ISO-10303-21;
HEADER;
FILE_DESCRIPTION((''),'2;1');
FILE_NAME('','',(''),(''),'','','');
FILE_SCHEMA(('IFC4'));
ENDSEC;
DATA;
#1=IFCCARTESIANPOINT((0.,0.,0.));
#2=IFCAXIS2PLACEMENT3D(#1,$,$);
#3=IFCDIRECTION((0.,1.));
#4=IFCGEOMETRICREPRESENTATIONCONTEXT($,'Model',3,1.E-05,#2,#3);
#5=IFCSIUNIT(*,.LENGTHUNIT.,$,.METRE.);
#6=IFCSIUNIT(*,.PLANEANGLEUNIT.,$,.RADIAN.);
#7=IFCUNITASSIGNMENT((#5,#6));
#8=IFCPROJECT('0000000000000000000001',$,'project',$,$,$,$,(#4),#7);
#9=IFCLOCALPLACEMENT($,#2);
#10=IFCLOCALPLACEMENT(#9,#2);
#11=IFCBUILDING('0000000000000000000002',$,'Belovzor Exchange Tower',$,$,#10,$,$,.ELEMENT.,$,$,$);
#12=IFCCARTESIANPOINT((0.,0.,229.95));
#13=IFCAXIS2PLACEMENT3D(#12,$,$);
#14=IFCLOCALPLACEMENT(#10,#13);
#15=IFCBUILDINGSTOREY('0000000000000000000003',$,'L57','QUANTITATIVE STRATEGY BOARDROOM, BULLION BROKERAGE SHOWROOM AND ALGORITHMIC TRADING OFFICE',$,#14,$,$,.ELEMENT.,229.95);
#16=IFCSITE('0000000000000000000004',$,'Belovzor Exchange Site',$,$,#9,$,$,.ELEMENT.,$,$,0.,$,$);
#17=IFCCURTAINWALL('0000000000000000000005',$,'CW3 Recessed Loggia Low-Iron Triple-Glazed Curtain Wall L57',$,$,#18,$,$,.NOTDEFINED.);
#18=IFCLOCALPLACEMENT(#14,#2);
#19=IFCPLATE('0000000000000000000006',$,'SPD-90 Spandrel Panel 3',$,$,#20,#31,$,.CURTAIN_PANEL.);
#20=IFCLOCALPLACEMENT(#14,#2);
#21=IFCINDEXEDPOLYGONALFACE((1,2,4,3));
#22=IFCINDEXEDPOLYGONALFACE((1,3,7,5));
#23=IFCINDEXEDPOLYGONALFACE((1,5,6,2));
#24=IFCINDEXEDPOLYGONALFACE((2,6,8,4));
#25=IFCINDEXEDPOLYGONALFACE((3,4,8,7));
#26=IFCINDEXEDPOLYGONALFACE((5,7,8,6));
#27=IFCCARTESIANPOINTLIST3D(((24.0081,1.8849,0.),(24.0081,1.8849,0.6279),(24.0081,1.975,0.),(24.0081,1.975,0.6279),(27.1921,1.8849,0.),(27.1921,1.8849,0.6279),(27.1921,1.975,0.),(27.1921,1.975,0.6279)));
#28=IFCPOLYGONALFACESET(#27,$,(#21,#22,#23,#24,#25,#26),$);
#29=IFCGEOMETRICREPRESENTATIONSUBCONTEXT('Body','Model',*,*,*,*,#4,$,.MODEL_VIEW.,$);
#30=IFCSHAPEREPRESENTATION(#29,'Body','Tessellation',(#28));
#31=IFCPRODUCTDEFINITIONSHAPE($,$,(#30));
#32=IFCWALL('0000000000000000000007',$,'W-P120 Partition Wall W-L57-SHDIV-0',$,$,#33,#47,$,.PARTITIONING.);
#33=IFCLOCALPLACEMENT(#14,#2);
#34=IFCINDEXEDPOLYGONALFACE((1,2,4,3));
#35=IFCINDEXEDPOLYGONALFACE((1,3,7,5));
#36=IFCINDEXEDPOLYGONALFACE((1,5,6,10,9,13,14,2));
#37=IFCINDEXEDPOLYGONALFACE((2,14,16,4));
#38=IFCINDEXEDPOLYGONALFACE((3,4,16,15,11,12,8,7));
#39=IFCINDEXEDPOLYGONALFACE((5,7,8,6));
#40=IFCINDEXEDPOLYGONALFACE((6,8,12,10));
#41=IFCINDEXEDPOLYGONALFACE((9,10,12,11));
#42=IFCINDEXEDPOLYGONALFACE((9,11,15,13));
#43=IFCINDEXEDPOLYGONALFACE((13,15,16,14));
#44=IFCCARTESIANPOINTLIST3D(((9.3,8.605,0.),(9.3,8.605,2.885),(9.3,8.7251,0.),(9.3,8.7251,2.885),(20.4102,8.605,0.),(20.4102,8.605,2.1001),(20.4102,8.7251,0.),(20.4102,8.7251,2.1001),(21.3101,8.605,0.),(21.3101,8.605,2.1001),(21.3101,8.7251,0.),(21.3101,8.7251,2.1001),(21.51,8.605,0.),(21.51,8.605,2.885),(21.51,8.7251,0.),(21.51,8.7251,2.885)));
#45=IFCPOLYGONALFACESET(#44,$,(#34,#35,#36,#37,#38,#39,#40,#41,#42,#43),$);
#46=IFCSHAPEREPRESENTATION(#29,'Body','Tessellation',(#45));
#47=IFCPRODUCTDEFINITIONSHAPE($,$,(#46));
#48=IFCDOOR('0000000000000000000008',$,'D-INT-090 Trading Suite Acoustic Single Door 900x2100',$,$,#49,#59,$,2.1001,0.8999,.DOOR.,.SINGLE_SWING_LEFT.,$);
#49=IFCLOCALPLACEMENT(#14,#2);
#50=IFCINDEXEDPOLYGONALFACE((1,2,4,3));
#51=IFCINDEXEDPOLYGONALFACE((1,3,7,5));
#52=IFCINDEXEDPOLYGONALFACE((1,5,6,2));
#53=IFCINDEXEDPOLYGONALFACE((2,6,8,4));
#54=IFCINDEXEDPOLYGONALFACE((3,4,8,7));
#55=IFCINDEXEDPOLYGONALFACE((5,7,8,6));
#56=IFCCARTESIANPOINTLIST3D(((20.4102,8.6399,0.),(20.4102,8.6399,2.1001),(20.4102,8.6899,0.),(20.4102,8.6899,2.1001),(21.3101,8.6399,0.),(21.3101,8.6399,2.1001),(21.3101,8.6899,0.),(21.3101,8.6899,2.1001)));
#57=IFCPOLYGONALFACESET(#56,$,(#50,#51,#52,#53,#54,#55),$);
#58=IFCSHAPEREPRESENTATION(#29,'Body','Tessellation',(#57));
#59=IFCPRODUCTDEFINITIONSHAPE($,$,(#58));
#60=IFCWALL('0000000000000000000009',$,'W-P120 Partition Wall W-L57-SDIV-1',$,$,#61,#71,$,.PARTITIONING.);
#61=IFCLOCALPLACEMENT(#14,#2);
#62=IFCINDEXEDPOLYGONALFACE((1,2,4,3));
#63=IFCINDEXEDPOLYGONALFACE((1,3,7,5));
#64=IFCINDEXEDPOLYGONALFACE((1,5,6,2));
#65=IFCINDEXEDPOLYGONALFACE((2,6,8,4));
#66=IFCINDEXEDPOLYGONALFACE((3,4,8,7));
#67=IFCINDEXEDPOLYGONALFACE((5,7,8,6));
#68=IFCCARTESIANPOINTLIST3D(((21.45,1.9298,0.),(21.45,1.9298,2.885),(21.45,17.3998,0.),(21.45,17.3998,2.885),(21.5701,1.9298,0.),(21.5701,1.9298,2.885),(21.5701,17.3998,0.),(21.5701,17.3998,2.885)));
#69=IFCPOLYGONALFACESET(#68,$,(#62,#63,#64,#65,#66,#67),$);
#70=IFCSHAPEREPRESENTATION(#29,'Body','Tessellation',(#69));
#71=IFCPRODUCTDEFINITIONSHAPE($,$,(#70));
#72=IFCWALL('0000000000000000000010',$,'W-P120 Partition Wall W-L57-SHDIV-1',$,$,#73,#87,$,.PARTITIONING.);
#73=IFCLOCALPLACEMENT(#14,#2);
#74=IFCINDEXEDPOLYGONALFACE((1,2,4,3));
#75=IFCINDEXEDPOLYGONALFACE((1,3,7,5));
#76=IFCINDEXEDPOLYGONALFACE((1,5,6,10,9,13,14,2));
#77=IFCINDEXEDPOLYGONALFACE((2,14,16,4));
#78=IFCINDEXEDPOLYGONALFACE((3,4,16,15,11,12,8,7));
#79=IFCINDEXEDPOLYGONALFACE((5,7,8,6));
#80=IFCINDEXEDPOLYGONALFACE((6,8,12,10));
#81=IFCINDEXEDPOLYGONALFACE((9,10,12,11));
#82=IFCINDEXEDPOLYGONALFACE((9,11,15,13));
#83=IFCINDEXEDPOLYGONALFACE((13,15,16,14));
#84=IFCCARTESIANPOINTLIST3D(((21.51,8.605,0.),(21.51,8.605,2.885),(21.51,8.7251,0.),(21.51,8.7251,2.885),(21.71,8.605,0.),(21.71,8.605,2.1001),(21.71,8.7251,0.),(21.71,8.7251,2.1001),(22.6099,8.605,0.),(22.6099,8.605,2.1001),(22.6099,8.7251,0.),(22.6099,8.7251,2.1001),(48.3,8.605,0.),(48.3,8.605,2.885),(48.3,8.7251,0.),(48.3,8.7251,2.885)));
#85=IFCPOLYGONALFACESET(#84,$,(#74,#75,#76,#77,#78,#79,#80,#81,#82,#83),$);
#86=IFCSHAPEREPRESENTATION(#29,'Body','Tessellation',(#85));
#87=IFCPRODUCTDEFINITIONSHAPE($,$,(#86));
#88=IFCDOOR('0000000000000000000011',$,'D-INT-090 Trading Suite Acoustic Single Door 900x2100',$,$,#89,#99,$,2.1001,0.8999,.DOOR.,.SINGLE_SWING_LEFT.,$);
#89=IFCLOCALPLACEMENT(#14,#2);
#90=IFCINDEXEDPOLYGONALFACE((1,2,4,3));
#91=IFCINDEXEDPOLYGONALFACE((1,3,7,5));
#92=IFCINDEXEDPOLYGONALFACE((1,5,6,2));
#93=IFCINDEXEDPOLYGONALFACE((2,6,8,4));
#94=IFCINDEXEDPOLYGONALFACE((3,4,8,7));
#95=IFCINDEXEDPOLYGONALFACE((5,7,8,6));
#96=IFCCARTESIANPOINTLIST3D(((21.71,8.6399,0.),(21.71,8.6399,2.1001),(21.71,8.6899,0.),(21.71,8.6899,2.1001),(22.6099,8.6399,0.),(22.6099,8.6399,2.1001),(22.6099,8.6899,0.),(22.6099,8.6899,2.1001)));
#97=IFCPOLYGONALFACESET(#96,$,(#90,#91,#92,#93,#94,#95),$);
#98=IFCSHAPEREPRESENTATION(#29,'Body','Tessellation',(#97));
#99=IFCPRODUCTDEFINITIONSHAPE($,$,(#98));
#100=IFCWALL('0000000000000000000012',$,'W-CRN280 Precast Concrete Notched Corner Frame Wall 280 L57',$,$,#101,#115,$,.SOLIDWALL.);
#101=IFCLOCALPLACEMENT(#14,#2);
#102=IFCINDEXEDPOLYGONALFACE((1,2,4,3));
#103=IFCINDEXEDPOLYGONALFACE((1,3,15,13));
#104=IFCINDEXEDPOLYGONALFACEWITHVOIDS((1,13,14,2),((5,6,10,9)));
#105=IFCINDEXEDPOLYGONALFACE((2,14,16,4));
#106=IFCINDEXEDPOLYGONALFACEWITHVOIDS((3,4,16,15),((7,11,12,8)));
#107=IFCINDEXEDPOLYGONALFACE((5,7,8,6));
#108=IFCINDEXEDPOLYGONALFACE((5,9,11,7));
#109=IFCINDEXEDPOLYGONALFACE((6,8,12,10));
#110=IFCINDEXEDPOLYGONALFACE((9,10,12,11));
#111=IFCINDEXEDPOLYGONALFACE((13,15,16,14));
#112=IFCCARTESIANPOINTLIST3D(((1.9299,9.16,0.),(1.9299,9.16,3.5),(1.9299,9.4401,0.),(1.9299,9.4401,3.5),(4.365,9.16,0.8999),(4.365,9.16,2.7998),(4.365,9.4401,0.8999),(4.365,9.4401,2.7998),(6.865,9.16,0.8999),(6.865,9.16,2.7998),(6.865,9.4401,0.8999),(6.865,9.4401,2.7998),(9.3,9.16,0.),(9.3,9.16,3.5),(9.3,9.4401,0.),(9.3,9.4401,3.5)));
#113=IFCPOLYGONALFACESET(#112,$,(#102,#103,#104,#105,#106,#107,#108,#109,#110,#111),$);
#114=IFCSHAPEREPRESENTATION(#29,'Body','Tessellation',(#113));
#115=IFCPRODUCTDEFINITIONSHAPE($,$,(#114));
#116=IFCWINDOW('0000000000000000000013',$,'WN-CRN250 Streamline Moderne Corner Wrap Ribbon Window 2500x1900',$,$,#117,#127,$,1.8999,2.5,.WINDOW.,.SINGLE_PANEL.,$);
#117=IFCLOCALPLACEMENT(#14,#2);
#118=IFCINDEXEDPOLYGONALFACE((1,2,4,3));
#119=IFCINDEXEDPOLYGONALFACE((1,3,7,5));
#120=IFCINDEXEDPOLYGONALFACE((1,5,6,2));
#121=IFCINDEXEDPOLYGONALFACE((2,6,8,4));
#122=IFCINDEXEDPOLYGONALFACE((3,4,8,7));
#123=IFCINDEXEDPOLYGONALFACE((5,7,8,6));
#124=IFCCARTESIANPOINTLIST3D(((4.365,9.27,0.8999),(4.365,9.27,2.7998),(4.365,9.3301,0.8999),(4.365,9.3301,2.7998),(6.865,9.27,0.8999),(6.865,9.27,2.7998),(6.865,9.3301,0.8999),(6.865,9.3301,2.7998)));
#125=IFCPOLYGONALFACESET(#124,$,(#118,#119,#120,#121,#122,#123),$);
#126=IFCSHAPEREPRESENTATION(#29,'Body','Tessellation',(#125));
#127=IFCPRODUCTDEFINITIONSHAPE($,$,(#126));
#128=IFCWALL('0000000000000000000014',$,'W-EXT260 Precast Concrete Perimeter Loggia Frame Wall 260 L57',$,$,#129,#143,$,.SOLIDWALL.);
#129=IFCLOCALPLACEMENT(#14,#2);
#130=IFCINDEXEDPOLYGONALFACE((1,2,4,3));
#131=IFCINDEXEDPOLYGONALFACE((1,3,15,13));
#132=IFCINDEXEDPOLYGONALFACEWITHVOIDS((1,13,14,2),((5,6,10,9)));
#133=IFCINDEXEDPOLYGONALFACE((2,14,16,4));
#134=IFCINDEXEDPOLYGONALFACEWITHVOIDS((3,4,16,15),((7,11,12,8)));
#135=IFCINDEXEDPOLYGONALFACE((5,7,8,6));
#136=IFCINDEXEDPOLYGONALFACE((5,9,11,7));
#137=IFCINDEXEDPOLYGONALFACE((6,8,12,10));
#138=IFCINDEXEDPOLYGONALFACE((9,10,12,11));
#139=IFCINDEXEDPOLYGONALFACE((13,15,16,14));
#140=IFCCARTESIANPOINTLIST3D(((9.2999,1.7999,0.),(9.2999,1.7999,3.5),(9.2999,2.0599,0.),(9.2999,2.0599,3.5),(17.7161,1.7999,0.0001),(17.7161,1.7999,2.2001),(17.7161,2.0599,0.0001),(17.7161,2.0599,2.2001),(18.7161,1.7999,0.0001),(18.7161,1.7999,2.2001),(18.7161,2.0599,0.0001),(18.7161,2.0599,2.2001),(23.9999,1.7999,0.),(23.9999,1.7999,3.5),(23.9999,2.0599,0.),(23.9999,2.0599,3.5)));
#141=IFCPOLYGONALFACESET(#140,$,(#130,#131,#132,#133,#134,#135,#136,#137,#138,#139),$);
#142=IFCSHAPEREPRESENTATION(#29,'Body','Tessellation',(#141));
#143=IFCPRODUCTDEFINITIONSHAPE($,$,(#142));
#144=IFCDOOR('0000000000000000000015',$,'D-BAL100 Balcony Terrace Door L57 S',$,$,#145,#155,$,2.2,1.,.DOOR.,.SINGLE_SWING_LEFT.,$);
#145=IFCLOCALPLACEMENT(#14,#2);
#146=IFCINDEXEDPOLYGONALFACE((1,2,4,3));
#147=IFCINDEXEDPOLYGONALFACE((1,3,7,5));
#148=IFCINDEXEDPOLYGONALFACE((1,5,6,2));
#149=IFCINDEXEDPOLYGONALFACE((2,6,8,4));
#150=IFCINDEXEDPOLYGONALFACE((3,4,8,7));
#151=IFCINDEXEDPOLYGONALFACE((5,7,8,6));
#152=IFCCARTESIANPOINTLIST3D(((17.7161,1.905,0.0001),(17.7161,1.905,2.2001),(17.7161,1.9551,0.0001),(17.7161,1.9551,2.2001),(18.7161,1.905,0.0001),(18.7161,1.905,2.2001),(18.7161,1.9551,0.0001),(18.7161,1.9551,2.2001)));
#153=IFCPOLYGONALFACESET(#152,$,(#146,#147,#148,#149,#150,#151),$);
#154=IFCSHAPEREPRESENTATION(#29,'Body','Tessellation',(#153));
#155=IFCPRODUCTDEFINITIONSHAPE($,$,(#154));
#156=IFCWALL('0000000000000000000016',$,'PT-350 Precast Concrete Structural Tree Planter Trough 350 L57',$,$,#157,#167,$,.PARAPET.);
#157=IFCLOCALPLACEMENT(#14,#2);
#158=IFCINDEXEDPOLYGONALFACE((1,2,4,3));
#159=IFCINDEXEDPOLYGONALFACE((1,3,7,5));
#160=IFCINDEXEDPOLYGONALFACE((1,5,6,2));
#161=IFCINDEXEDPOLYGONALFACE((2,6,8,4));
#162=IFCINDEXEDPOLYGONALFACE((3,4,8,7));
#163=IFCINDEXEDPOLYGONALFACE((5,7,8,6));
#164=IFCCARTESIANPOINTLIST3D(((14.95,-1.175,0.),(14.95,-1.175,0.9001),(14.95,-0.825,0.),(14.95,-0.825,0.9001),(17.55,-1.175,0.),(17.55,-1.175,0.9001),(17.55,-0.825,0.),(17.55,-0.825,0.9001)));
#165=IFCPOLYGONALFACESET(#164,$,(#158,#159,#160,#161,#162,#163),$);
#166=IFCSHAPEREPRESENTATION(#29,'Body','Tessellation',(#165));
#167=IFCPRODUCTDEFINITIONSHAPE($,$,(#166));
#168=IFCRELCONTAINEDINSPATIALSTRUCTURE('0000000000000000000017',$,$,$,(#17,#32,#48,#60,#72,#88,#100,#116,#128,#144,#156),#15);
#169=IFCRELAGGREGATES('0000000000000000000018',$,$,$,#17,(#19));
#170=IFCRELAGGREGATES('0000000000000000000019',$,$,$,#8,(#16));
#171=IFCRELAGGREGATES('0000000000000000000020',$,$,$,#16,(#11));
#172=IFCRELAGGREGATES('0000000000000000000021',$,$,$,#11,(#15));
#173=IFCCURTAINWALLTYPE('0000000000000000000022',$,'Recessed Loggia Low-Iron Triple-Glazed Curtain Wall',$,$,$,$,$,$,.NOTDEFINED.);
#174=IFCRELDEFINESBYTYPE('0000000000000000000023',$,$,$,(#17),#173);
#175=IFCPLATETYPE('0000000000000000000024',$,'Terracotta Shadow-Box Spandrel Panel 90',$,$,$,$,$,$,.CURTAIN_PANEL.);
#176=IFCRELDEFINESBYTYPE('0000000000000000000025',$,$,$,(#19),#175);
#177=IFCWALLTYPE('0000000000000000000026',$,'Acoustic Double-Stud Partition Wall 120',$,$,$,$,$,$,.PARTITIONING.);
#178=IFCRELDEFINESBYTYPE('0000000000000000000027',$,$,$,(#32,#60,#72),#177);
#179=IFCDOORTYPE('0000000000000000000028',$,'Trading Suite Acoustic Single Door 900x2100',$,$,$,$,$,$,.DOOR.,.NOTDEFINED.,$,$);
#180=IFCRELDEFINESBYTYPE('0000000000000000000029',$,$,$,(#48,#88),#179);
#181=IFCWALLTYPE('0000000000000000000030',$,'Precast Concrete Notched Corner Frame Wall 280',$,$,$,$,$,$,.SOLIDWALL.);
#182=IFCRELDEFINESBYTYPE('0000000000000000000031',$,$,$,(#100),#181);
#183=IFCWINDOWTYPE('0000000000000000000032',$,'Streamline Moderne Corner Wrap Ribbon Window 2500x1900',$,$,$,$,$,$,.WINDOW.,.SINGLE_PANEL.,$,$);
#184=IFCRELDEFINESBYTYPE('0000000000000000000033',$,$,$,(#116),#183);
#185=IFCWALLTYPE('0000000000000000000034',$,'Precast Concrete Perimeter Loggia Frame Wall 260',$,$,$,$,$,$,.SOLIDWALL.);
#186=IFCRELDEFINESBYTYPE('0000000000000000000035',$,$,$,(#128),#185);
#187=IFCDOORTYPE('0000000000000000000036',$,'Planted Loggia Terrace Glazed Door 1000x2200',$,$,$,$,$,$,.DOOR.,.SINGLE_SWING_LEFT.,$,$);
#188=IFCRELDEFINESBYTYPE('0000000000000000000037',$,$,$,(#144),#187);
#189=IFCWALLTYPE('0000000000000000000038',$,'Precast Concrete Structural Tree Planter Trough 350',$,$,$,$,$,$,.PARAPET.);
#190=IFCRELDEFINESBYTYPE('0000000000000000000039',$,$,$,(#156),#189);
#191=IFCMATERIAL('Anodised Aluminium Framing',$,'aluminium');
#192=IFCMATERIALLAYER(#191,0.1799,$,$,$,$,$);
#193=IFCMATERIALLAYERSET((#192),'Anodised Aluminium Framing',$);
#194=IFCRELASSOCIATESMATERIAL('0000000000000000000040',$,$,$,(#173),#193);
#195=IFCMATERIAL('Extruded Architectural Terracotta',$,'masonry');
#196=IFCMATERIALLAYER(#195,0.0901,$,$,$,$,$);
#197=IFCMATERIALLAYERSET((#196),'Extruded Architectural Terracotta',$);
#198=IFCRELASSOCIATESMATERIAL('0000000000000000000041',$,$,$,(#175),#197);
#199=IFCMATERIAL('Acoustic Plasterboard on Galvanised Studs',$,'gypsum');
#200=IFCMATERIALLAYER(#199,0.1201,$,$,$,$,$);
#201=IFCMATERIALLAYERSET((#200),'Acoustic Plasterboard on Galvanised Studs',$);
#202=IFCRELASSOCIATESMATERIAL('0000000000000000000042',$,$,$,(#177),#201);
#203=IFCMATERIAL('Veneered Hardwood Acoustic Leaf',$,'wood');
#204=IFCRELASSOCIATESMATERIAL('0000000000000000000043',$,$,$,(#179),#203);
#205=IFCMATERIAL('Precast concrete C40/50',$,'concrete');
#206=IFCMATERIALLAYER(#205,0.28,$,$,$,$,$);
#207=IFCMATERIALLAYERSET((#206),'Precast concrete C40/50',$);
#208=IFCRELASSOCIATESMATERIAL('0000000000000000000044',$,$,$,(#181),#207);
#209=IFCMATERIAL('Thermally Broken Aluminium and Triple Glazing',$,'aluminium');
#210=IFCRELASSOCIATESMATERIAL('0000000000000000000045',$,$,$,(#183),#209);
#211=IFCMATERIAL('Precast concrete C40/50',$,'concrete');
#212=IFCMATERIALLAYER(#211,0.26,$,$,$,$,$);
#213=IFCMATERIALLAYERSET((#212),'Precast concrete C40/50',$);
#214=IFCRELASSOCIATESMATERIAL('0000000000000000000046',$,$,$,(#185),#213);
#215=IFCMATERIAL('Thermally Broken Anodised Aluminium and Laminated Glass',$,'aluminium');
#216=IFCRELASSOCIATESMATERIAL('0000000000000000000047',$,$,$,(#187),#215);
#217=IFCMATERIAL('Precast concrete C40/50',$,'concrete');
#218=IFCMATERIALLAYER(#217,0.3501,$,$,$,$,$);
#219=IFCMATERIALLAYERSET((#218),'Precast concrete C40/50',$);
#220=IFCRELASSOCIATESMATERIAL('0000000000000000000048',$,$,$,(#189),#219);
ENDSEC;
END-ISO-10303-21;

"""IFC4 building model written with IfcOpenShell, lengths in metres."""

from ifc_helpers import new_model, si_unit, direction, frame, frame_2d, origin, origin_2d, place, context, subcontext, project, spatial, rectangle, extrude, material, layer, layer_set, type_object, element, fill, aggregate, save


model = new_model("IFC4")

# Units and contexts
model_context = context("Model", 3, precision=1e-05, world=origin(), true_north=direction((0.0, 1.0)))
body_context = subcontext(model_context, "Body", "Model", "MODEL_VIEW")
ifc_project = project(units=[si_unit("LENGTHUNIT", "METRE"), si_unit("PLANEANGLEUNIT", "RADIAN")], contexts=[model_context])

# Site, building, storey
site_placement = place(None, origin())
site = spatial("IfcSite", under=ifc_project, at=site_placement, Name="Belovzor Exchange Site", CompositionType="ELEMENT", RefElevation=0.0)
building_placement = place(site_placement, origin())
building = spatial("IfcBuilding", under=site, at=building_placement, Name="Belovzor Exchange Tower", CompositionType="ELEMENT")
storey_placement = place(building_placement, frame((0.0, 0.0, 229.95)))
storey = spatial("IfcBuildingStorey", under=building, at=storey_placement, Name="L57", Description="QUANTITATIVE STRATEGY BOARDROOM, BULLION BROKERAGE SHOWROOM AND ALGORITHMIC TRADING OFFICE", CompositionType="ELEMENT", Elevation=229.95)

# Curtain wall
ifc_material_1 = material(Name="Anodised Aluminium Framing", Category="aluminium")
ifc_layer_1 = layer(ifc_material_1, 0.1799)
ifc_layer_set_1 = layer_set([ifc_layer_1], Name="Anodised Aluminium Framing")
curtain_wall_type = type_object("IfcCurtainWallType", Name="Recessed Loggia Low-Iron Triple-Glazed Curtain Wall", PredefinedType="NOTDEFINED", material=ifc_layer_set_1)
curtain_wall_placement = place(storey_placement, origin())
curtain_wall = element("IfcCurtainWall", 1, at=curtain_wall_placement, inside=storey, type_object=curtain_wall_type, Name="CW3 Recessed Loggia Low-Iron Triple-Glazed Curtain Wall L57", PredefinedType="NOTDEFINED")

# Plate
ifc_material_2 = material(Name="Extruded Architectural Terracotta", Category="masonry")
ifc_layer_2 = layer(ifc_material_2, 0.0901)
ifc_layer_set_2 = layer_set([ifc_layer_2], Name="Extruded Architectural Terracotta")
plate_type_1 = type_object("IfcPlateType", Name="Terracotta Shadow-Box Spandrel Panel 90", PredefinedType="CURTAIN_PANEL", material=ifc_layer_set_2)
plate_1_placement = place(storey_placement, frame((25.6001, 1.9299, 0.0), z_axis=(0.0, 0.0, 1.0), x_axis=(-1.0, 0.0, 0.0)))
plate_1 = element("IfcPlate", 2, at=plate_1_placement, type_object=plate_type_1, Name="SPD-90 Spandrel Panel 3", PredefinedType="CURTAIN_PANEL", context=body_context, shape_type="SweptSolid", body=[
    extrude(rectangle(XDim=3.1841, YDim=0.0901, at=origin_2d()), origin(), (0.0, 0.0, 1.0), 0.6279),
])
aggregate(curtain_wall, [plate_1])

# Wall, opening, door
ifc_material_3 = material(Name="Acoustic Plasterboard on Galvanised Studs", Category="gypsum")
ifc_layer_3 = layer(ifc_material_3, 0.1201)
ifc_layer_set_3 = layer_set([ifc_layer_3], Name="Acoustic Plasterboard on Galvanised Studs")
wall_type_1 = type_object("IfcWallType", Name="Acoustic Double-Stud Partition Wall 120", PredefinedType="PARTITIONING", material=ifc_layer_set_3)
wall_1_placement = place(storey_placement, frame((9.3, 8.665, 0.0), z_axis=(0.0, 0.0, 1.0), x_axis=(1.0, 0.0, 0.0)))
wall_1 = element("IfcWall", 3, at=wall_1_placement, inside=storey, type_object=wall_type_1, Name="W-P120 Partition Wall W-L57-SHDIV-0", PredefinedType="PARTITIONING", context=body_context, shape_type="SweptSolid", body=[
    extrude(rectangle(XDim=12.21, YDim=0.1201, at=frame_2d((6.105, 0.0))), origin(), (0.0, 0.0, 1.0), 2.885),
])
opening_1_placement = place(wall_1_placement, frame((11.1101, 0.0, 0.0)))
opening_1 = element("IfcOpeningElement", 4, at=opening_1_placement, cuts=wall_1, PredefinedType="OPENING", context=body_context, shape_type="SweptSolid", body=[
    extrude(rectangle(XDim=0.8999, YDim=2.1001, at=frame_2d((0.45, 1.05))), frame((0.0, 0.0701, 0.0), z_axis=(0.0, -1.0, 0.0), x_axis=(1.0, 0.0, 0.0)), (0.0, 0.0, 1.0), 0.1401),
])
ifc_material_4 = material(Name="Veneered Hardwood Acoustic Leaf", Category="wood")
door_type_1 = type_object("IfcDoorType", Name="Trading Suite Acoustic Single Door 900x2100", OperationType="NOTDEFINED", PredefinedType="DOOR", material=ifc_material_4)
door_1_placement = place(opening_1_placement, origin())
door_1 = element("IfcDoor", 5, at=door_1_placement, inside=storey, type_object=door_type_1, Name="D-INT-090 Trading Suite Acoustic Single Door 900x2100", OperationType="SINGLE_SWING_LEFT", OverallHeight=2.1001, OverallWidth=0.8999, PredefinedType="DOOR", context=body_context, shape_type="SweptSolid", body=[
    extrude(rectangle(XDim=0.8999, YDim=2.1001, at=frame_2d((0.45, 1.05))), frame((0.0, 0.0249, 0.0), z_axis=(0.0, -1.0, 0.0), x_axis=(1.0, 0.0, 0.0)), (0.0, 0.0, 1.0), 0.05),
])
fill(opening_1, door_1)

# Wall
wall_2_placement = place(storey_placement, frame((21.51, 1.9299, 0.0), z_axis=(0.0, 0.0, 1.0), x_axis=(0.0, 1.0, 0.0)))
element("IfcWall", 6, at=wall_2_placement, inside=storey, type_object=wall_type_1, Name="W-P120 Partition Wall W-L57-SDIV-1", PredefinedType="PARTITIONING", context=body_context, shape_type="SweptSolid", body=[
    extrude(rectangle(XDim=15.47, YDim=0.1201, at=frame_2d((7.7349, 0.0))), origin(), (0.0, 0.0, 1.0), 2.885),
])

# Wall, opening, door
wall_3_placement = place(storey_placement, frame((21.51, 8.665, 0.0), z_axis=(0.0, 0.0, 1.0), x_axis=(1.0, 0.0, 0.0)))
wall_3 = element("IfcWall", 7, at=wall_3_placement, inside=storey, type_object=wall_type_1, Name="W-P120 Partition Wall W-L57-SHDIV-1", PredefinedType="PARTITIONING", context=body_context, shape_type="SweptSolid", body=[
    extrude(rectangle(XDim=26.79, YDim=0.1201, at=frame_2d((13.395, 0.0))), origin(), (0.0, 0.0, 1.0), 2.885),
])
opening_2_placement = place(wall_3_placement, frame((0.2, 0.0, 0.0)))
opening_2 = element("IfcOpeningElement", 8, at=opening_2_placement, cuts=wall_3, PredefinedType="OPENING", context=body_context, shape_type="SweptSolid", body=[
    extrude(rectangle(XDim=0.8999, YDim=2.1001, at=frame_2d((0.45, 1.05))), frame((0.0, 0.0701, 0.0), z_axis=(0.0, -1.0, 0.0), x_axis=(1.0, 0.0, 0.0)), (0.0, 0.0, 1.0), 0.1401),
])
door_2_placement = place(opening_2_placement, origin())
door_2 = element("IfcDoor", 9, at=door_2_placement, inside=storey, type_object=door_type_1, Name="D-INT-090 Trading Suite Acoustic Single Door 900x2100", OperationType="SINGLE_SWING_LEFT", OverallHeight=2.1001, OverallWidth=0.8999, PredefinedType="DOOR", context=body_context, shape_type="SweptSolid", body=[
    extrude(rectangle(XDim=0.8999, YDim=2.1001, at=frame_2d((0.45, 1.05))), frame((0.0, 0.0249, 0.0), z_axis=(0.0, -1.0, 0.0), x_axis=(1.0, 0.0, 0.0)), (0.0, 0.0, 1.0), 0.05),
])
fill(opening_2, door_2)

# Wall, opening, window
ifc_material_5 = material(Name="Precast concrete C40/50", Category="concrete")
ifc_layer_4 = layer(ifc_material_5, 0.28)
ifc_layer_set_4 = layer_set([ifc_layer_4], Name="Precast concrete C40/50")
wall_type_2 = type_object("IfcWallType", Name="Precast Concrete Notched Corner Frame Wall 280", PredefinedType="SOLIDWALL", material=ifc_layer_set_4)
wall_4_placement = place(storey_placement, frame((9.3, 9.3, 0.0), z_axis=(0.0, 0.0, 1.0), x_axis=(-1.0, 0.0, 0.0)))
wall_4 = element("IfcWall", 10, at=wall_4_placement, inside=storey, type_object=wall_type_2, Name="W-CRN280 Precast Concrete Notched Corner Frame Wall 280 L57", PredefinedType="SOLIDWALL", context=body_context, shape_type="SweptSolid", body=[
    extrude(rectangle(XDim=7.3701, YDim=0.28, at=frame_2d((3.6851, 0.0))), origin(), (0.0, 0.0, 1.0), 3.5),
])
opening_3_placement = place(wall_4_placement, frame((2.4351, 0.0, 0.8999)))
opening_3 = element("IfcOpeningElement", 11, at=opening_3_placement, cuts=wall_4, PredefinedType="OPENING", context=body_context, shape_type="SweptSolid", body=[
    extrude(rectangle(XDim=2.5, YDim=1.8999, at=frame_2d((1.25, 0.95))), frame((0.0, 0.1499, 0.0), z_axis=(0.0, -1.0, 0.0), x_axis=(1.0, 0.0, 0.0)), (0.0, 0.0, 1.0), 0.3),
])
ifc_material_6 = material(Name="Thermally Broken Aluminium and Triple Glazing", Category="aluminium")
window_type = type_object("IfcWindowType", Name="Streamline Moderne Corner Wrap Ribbon Window 2500x1900", PartitioningType="SINGLE_PANEL", PredefinedType="WINDOW", material=ifc_material_6)
window_placement = place(opening_3_placement, origin())
window = element("IfcWindow", 12, at=window_placement, inside=storey, type_object=window_type, Name="WN-CRN250 Streamline Moderne Corner Wrap Ribbon Window 2500x1900", OverallHeight=1.8999, OverallWidth=2.5, PartitioningType="SINGLE_PANEL", PredefinedType="WINDOW", context=body_context, shape_type="SweptSolid", body=[
    extrude(rectangle(XDim=2.5, YDim=1.8999, at=frame_2d((1.25, 0.95))), frame((0.0, 0.03, 0.0), z_axis=(0.0, -1.0, 0.0), x_axis=(1.0, 0.0, 0.0)), (0.0, 0.0, 1.0), 0.0601),
])
fill(opening_3, window)

# Wall, opening, door
ifc_material_7 = material(Name="Precast concrete C40/50", Category="concrete")
ifc_layer_5 = layer(ifc_material_7, 0.26)
ifc_layer_set_5 = layer_set([ifc_layer_5], Name="Precast concrete C40/50")
wall_type_3 = type_object("IfcWallType", Name="Precast Concrete Perimeter Loggia Frame Wall 260", PredefinedType="SOLIDWALL", material=ifc_layer_set_5)
wall_5_placement = place(storey_placement, frame((24.0, 1.9299, 0.0), z_axis=(0.0, 0.0, 1.0), x_axis=(-1.0, 0.0, 0.0)))
wall_5 = element("IfcWall", 13, at=wall_5_placement, inside=storey, type_object=wall_type_3, Name="W-EXT260 Precast Concrete Perimeter Loggia Frame Wall 260 L57", PredefinedType="SOLIDWALL", context=body_context, shape_type="SweptSolid", body=[
    extrude(rectangle(XDim=14.7, YDim=0.26, at=frame_2d((7.3501, 0.0))), origin(), (0.0, 0.0, 1.0), 3.5),
])
opening_4_placement = place(wall_5_placement, frame((5.2839, 0.0, 0.0)))
opening_4 = element("IfcOpeningElement", 14, at=opening_4_placement, cuts=wall_5, PredefinedType="OPENING", context=body_context, shape_type="SweptSolid", body=[
    extrude(rectangle(XDim=1.0, YDim=2.2, at=frame_2d((0.5, 1.1001))), frame((0.0, 0.1399, 0.0), z_axis=(0.0, -1.0, 0.0), x_axis=(1.0, 0.0, 0.0)), (0.0, 0.0, 1.0), 0.28),
])
ifc_material_8 = material(Name="Thermally Broken Anodised Aluminium and Laminated Glass", Category="aluminium")
door_type_2 = type_object("IfcDoorType", Name="Planted Loggia Terrace Glazed Door 1000x2200", OperationType="SINGLE_SWING_LEFT", PredefinedType="DOOR", material=ifc_material_8)
door_3_placement = place(opening_4_placement, origin())
door_3 = element("IfcDoor", 15, at=door_3_placement, inside=storey, type_object=door_type_2, Name="D-BAL100 Balcony Terrace Door L57 S", OperationType="SINGLE_SWING_LEFT", OverallHeight=2.2, OverallWidth=1.0, PredefinedType="DOOR", context=body_context, shape_type="SweptSolid", body=[
    extrude(rectangle(XDim=1.0, YDim=2.2, at=frame_2d((0.5, 1.1001))), frame((0.0, 0.0249, 0.0), z_axis=(0.0, -1.0, 0.0), x_axis=(1.0, 0.0, 0.0)), (0.0, 0.0, 1.0), 0.05),
])
fill(opening_4, door_3)

# Wall
ifc_material_9 = material(Name="Precast concrete C40/50", Category="concrete")
ifc_layer_6 = layer(ifc_material_9, 0.3501)
ifc_layer_set_6 = layer_set([ifc_layer_6], Name="Precast concrete C40/50")
wall_type_4 = type_object("IfcWallType", Name="Precast Concrete Structural Tree Planter Trough 350", PredefinedType="PARAPET", material=ifc_layer_set_6)
wall_6_placement = place(storey_placement, frame((14.95, -1.0, 0.0), z_axis=(0.0, 0.0, 1.0), x_axis=(1.0, 0.0, 0.0)))
element("IfcWall", 16, at=wall_6_placement, inside=storey, type_object=wall_type_4, Name="PT-350 Precast Concrete Structural Tree Planter Trough 350 L57", PredefinedType="PARAPET", context=body_context, shape_type="SweptSolid", body=[
    extrude(rectangle(XDim=2.6001, YDim=0.3501, at=frame_2d((1.3, 0.0))), origin(), (0.0, 0.0, 1.0), 0.9001),
])

save(model, "model.ifc")
